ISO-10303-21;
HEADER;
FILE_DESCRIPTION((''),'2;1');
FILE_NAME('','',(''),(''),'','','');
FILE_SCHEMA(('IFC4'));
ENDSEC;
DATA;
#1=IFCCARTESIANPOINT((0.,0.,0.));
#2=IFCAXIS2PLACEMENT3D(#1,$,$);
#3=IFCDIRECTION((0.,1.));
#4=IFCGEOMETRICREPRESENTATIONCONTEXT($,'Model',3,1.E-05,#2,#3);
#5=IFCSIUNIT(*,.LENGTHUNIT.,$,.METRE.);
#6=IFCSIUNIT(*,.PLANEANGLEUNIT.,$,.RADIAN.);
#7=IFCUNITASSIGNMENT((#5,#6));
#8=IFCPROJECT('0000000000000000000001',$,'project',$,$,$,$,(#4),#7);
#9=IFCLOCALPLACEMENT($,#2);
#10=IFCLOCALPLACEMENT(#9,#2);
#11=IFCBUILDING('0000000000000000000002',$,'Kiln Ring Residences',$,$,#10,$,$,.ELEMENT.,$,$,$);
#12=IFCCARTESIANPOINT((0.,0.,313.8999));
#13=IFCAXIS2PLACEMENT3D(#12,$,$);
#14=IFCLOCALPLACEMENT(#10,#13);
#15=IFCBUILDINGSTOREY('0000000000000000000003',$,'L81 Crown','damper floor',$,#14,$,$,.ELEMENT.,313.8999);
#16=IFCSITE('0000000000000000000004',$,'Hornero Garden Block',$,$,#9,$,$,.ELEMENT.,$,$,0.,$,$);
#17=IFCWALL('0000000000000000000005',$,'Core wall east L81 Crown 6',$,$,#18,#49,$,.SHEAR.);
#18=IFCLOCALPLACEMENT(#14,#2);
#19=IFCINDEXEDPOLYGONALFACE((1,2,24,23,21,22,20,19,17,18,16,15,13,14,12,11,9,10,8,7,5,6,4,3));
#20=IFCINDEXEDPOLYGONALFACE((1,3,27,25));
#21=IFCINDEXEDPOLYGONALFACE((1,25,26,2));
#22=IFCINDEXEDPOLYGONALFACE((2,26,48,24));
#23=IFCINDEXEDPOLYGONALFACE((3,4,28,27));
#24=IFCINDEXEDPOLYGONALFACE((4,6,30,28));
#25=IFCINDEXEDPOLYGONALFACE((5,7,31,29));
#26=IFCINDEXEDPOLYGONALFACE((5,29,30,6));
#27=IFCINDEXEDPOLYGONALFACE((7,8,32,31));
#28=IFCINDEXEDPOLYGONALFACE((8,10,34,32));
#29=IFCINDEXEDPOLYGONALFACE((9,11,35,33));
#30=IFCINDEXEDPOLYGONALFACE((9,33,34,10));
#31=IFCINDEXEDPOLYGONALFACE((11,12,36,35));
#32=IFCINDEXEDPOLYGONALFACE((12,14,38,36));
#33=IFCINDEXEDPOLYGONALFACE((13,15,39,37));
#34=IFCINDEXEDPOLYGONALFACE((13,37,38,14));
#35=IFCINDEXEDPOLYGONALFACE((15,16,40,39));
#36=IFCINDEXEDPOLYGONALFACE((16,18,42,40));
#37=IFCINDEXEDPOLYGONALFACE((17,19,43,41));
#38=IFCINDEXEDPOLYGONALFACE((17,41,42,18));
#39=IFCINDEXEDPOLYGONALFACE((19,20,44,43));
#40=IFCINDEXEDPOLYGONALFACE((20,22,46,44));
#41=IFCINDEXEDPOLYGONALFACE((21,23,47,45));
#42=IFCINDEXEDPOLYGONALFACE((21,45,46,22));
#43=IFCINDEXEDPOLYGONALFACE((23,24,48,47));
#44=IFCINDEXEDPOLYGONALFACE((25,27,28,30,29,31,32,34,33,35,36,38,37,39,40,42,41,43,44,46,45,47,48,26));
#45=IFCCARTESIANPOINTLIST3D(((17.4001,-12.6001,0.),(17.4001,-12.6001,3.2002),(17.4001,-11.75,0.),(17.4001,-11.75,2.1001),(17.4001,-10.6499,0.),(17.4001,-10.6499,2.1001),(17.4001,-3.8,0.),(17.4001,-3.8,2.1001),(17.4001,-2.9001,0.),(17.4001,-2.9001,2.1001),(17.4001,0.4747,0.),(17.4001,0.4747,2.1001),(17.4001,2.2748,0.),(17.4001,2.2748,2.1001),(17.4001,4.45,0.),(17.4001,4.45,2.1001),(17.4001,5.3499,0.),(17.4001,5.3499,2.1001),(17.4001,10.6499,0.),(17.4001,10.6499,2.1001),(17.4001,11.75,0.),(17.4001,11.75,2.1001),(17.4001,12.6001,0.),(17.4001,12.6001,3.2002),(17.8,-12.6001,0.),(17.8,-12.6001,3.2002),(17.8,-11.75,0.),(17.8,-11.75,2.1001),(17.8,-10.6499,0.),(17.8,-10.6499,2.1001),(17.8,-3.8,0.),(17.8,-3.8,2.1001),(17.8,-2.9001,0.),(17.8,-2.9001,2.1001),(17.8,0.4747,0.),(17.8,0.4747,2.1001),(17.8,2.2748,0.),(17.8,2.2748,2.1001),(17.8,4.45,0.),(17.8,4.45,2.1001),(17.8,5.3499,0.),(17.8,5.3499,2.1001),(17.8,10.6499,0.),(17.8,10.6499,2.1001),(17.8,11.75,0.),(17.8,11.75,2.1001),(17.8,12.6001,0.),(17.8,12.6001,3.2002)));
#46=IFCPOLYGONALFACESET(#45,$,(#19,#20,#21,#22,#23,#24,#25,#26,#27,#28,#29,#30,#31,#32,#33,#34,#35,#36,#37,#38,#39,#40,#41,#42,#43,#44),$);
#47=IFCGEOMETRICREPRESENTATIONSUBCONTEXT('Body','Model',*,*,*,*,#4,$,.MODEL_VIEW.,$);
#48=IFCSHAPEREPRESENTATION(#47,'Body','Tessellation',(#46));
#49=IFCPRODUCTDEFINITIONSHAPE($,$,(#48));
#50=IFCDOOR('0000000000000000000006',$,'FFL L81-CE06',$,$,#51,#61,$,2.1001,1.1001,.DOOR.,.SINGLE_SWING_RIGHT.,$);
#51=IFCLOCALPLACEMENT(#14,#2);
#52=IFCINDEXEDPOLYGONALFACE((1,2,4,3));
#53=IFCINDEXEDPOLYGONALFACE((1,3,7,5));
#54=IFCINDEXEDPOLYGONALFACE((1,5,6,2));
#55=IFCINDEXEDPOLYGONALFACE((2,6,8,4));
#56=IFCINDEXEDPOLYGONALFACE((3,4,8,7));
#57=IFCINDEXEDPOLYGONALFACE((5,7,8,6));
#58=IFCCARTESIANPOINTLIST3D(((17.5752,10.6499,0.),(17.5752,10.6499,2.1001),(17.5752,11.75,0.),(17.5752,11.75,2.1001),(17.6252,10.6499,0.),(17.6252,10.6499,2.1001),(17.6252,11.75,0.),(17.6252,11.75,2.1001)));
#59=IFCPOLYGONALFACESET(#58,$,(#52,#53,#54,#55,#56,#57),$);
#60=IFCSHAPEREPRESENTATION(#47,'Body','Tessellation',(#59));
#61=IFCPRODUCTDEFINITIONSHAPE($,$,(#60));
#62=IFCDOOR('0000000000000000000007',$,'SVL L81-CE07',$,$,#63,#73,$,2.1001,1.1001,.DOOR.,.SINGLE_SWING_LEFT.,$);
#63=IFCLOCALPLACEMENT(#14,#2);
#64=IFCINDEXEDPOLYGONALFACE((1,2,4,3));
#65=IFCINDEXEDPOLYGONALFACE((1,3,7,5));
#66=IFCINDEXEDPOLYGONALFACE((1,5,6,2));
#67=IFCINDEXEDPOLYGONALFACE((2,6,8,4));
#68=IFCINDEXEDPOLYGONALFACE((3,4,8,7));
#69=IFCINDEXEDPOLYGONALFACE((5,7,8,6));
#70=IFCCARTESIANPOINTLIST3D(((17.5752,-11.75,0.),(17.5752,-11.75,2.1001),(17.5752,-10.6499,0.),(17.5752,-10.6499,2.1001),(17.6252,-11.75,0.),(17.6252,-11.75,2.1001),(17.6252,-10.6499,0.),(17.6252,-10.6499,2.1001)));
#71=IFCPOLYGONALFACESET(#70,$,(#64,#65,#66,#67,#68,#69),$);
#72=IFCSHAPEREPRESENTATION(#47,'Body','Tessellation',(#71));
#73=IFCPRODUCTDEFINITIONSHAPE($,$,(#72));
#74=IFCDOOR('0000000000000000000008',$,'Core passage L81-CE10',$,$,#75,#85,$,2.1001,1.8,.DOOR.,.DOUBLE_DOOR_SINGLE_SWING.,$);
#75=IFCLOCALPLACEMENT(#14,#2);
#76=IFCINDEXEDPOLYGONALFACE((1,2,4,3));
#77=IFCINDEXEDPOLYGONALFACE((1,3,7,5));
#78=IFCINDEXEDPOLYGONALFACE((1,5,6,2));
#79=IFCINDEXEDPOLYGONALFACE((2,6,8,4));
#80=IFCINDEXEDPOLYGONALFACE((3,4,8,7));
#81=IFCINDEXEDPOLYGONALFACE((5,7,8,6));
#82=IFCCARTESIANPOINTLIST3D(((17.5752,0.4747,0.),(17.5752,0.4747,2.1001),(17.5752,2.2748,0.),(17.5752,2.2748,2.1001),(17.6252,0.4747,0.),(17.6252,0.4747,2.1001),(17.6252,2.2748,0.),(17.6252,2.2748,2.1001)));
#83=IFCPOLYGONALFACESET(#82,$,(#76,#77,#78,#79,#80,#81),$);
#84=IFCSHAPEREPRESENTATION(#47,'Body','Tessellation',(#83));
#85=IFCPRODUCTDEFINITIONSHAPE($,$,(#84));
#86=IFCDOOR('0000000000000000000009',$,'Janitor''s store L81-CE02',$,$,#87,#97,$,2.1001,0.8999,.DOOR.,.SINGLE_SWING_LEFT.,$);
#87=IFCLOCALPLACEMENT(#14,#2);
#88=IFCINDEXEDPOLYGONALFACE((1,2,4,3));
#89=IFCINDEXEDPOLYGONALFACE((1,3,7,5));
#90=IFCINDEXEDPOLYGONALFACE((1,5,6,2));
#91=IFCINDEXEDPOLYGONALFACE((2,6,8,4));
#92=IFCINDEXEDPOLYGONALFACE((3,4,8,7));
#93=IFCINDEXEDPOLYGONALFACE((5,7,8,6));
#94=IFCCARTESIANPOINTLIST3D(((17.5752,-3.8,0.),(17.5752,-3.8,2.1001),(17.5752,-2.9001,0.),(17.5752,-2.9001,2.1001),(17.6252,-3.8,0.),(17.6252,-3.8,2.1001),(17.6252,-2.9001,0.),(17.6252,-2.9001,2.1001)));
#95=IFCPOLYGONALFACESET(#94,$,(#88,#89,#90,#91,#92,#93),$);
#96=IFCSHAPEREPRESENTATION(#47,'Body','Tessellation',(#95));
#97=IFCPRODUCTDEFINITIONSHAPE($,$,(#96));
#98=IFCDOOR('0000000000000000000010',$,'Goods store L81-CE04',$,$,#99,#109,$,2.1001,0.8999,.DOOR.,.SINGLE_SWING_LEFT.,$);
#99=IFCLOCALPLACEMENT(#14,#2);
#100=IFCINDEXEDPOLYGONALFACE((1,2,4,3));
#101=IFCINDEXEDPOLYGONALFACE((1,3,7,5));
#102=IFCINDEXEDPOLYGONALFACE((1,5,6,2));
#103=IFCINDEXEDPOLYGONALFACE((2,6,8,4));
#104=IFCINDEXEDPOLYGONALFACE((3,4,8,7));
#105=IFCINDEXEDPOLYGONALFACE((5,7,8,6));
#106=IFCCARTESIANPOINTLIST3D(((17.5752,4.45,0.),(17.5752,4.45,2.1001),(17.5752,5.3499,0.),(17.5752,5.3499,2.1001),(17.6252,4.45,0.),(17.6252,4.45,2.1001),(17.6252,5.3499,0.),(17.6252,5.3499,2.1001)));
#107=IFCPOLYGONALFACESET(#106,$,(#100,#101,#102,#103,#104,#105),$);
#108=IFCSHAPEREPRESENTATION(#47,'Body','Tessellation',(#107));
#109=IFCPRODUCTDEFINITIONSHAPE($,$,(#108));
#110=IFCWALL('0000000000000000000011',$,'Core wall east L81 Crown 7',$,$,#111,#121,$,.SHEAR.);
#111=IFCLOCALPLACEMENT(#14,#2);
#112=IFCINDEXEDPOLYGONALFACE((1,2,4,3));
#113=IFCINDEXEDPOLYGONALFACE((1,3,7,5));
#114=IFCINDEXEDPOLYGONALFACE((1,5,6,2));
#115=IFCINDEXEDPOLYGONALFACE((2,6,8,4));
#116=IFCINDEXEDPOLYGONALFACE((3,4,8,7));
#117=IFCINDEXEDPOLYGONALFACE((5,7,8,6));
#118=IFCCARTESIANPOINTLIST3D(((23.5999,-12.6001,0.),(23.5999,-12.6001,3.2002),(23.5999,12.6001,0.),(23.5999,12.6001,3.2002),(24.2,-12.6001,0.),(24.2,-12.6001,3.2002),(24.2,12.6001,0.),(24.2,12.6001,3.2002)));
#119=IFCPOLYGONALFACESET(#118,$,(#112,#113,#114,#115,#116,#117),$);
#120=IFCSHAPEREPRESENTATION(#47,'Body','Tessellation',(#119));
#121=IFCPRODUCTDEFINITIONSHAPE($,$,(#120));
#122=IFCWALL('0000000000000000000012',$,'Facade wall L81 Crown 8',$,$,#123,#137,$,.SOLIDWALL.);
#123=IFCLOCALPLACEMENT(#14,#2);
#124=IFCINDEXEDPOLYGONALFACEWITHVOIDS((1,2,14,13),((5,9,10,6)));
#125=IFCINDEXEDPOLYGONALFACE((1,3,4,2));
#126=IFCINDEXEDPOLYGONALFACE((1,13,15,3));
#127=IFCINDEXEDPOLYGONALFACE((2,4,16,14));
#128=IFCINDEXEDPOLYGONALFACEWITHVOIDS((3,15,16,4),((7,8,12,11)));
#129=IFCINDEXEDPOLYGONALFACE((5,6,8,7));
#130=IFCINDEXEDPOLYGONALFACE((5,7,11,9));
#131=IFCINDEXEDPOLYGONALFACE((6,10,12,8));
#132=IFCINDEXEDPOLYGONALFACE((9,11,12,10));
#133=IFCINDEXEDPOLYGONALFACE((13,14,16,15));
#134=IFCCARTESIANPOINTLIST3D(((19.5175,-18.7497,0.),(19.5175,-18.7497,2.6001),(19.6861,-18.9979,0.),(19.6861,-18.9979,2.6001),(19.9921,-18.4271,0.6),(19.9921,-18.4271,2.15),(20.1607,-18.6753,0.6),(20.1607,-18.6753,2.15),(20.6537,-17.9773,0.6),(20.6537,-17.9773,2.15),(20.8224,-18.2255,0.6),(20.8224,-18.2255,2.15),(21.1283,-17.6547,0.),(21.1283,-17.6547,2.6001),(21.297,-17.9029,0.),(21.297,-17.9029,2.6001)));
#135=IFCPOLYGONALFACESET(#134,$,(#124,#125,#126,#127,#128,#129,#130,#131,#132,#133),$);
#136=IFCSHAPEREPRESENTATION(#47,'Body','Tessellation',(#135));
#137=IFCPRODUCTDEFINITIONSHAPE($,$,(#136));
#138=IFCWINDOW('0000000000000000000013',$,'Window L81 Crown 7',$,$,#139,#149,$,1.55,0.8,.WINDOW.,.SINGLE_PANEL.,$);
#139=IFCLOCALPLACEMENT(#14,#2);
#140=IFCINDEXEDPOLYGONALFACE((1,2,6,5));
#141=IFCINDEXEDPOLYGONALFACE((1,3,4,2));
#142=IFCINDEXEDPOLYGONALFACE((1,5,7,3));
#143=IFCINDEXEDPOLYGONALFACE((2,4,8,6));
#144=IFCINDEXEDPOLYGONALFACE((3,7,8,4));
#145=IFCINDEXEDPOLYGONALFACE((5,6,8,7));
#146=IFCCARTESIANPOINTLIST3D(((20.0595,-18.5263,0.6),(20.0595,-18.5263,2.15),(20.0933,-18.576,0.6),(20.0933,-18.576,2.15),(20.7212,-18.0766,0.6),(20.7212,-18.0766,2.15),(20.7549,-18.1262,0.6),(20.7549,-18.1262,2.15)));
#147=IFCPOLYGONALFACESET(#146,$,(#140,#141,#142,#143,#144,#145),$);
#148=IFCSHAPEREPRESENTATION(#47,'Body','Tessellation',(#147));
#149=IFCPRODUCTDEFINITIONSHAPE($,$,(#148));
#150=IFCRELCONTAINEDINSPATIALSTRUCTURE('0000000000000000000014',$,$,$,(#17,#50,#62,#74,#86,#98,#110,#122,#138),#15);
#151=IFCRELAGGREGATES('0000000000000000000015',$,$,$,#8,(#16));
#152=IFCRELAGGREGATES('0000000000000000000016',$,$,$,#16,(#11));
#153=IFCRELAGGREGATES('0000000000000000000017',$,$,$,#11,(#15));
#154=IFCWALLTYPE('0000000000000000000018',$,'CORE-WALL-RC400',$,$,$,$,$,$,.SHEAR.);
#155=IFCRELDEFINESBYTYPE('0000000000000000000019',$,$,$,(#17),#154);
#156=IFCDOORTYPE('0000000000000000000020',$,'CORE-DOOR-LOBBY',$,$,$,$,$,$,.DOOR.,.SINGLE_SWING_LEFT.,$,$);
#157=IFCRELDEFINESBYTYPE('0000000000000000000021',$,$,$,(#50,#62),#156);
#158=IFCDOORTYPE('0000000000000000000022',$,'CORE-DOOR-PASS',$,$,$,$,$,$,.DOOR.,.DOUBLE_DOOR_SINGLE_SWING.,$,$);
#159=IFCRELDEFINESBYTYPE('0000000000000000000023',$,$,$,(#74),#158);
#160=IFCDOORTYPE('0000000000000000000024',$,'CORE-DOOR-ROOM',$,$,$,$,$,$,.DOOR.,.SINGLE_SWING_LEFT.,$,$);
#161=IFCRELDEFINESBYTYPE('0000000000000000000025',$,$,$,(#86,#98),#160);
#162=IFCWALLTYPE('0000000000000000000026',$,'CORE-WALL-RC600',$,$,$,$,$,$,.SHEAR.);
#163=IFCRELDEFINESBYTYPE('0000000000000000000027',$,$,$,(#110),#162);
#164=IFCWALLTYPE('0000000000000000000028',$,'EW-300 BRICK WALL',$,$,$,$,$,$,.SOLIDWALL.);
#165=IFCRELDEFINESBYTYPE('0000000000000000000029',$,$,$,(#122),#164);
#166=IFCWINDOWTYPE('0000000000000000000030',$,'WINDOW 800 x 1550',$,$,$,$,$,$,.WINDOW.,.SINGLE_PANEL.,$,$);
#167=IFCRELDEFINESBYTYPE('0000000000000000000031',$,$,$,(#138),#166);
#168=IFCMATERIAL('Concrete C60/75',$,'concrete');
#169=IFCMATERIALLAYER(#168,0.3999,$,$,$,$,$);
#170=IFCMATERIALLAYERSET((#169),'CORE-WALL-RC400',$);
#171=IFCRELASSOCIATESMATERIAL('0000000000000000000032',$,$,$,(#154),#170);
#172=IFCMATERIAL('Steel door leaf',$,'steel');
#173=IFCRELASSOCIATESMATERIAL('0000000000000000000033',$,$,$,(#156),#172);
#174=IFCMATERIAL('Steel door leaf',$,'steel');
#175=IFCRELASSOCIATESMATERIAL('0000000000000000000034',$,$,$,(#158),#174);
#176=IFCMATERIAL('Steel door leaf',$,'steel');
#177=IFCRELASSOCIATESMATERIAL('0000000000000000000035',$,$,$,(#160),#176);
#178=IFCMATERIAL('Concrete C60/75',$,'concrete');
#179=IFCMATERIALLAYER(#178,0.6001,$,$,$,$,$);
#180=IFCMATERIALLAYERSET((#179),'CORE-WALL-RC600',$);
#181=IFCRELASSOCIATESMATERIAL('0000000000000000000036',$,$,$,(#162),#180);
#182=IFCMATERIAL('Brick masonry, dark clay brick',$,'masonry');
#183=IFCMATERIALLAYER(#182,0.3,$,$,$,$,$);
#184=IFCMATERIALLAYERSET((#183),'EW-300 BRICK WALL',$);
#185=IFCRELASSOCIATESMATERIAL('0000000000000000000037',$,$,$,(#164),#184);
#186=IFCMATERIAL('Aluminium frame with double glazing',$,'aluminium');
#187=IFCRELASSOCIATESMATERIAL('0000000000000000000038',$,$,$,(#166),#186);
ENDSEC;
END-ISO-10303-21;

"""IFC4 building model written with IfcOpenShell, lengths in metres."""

from ifc_helpers import new_model, si_unit, direction, frame, frame_2d, origin, place, context, subcontext, project, spatial, rectangle, extrude, material, layer, layer_set, type_object, element, fill, save


model = new_model("IFC4")

# Units and contexts
model_context = context("Model", 3, precision=1e-05, world=origin(), true_north=direction((0.0, 1.0)))
body_context = subcontext(model_context, "Body", "Model", "MODEL_VIEW")
ifc_project = project(units=[si_unit("LENGTHUNIT", "METRE"), si_unit("PLANEANGLEUNIT", "RADIAN")], contexts=[model_context])

# Site, building, storey
site_placement = place(None, origin())
site = spatial("IfcSite", under=ifc_project, at=site_placement, Name="Hornero Garden Block", CompositionType="ELEMENT", RefElevation=0.0)
building_placement = place(site_placement, origin())
building = spatial("IfcBuilding", under=site, at=building_placement, Name="Kiln Ring Residences", CompositionType="ELEMENT")
storey_placement = place(building_placement, frame((0.0, 0.0, 313.8999)))
storey = spatial("IfcBuildingStorey", under=building, at=storey_placement, Name="L81 Crown", Description="damper floor", CompositionType="ELEMENT", Elevation=313.8999)

# Wall, openings, doors
ifc_material_1 = material(Name="Concrete C60/75", Category="concrete")
ifc_layer_1 = layer(ifc_material_1, 0.3999)
ifc_layer_set_1 = layer_set([ifc_layer_1], Name="CORE-WALL-RC400")
wall_type_1 = type_object("IfcWallType", Name="CORE-WALL-RC400", PredefinedType="SHEAR", material=ifc_layer_set_1)
wall_1_placement = place(storey_placement, frame((17.6001, -12.6001, 0.0), z_axis=(0.0, 0.0, 1.0), x_axis=(0.0, 1.0, 0.0)))
wall_1 = element("IfcWall", 1, at=wall_1_placement, inside=storey, type_object=wall_type_1, Name="Core wall east L81 Crown 6", PredefinedType="SHEAR", context=body_context, shape_type="SweptSolid", body=[
    extrude(rectangle(XDim=25.2002, YDim=0.3999, at=frame_2d((12.6001, 0.0))), origin(), (0.0, 0.0, 1.0), 3.2002),
])
opening_1_placement = place(wall_1_placement, frame((8.8, 0.0, 0.0)))
opening_1 = element("IfcOpeningElement", 2, at=opening_1_placement, cuts=wall_1, PredefinedType="OPENING", context=body_context, shape_type="SweptSolid", body=[
    extrude(rectangle(XDim=0.8999, YDim=2.1001, at=frame_2d((0.45, 1.05))), frame((0.0, 0.21, 0.0), z_axis=(0.0, -1.0, 0.0), x_axis=(1.0, 0.0, 0.0)), (0.0, 0.0, 1.0), 0.4199),
])
opening_2_placement = place(wall_1_placement, frame((17.05, 0.0, 0.0)))
opening_2 = element("IfcOpeningElement", 3, at=opening_2_placement, cuts=wall_1, PredefinedType="OPENING", context=body_context, shape_type="SweptSolid", body=[
    extrude(rectangle(XDim=0.8999, YDim=2.1001, at=frame_2d((0.45, 1.05))), frame((0.0, 0.21, 0.0), z_axis=(0.0, -1.0, 0.0), x_axis=(1.0, 0.0, 0.0)), (0.0, 0.0, 1.0), 0.4199),
])
opening_3_placement = place(wall_1_placement, frame((23.25, 0.0, 0.0)))
opening_3 = element("IfcOpeningElement", 4, at=opening_3_placement, cuts=wall_1, PredefinedType="OPENING", context=body_context, shape_type="SweptSolid", body=[
    extrude(rectangle(XDim=1.1001, YDim=2.1001, at=frame_2d((0.55, 1.05))), frame((0.0, 0.21, 0.0), z_axis=(0.0, -1.0, 0.0), x_axis=(1.0, 0.0, 0.0)), (0.0, 0.0, 1.0), 0.4199),
])
opening_4_placement = place(wall_1_placement, frame((0.8501, 0.0, 0.0)))
opening_4 = element("IfcOpeningElement", 5, at=opening_4_placement, cuts=wall_1, PredefinedType="OPENING", context=body_context, shape_type="SweptSolid", body=[
    extrude(rectangle(XDim=1.1001, YDim=2.1001, at=frame_2d((0.55, 1.05))), frame((0.0, 0.21, 0.0), z_axis=(0.0, -1.0, 0.0), x_axis=(1.0, 0.0, 0.0)), (0.0, 0.0, 1.0), 0.4199),
])
opening_5_placement = place(wall_1_placement, frame((13.075, 0.0, 0.0)))
opening_5 = element("IfcOpeningElement", 6, at=opening_5_placement, cuts=wall_1, PredefinedType="OPENING", context=body_context, shape_type="SweptSolid", body=[
    extrude(rectangle(XDim=1.8, YDim=2.1001, at=frame_2d((0.8999, 1.05))), frame((0.0, 0.21, 0.0), z_axis=(0.0, -1.0, 0.0), x_axis=(1.0, 0.0, 0.0)), (0.0, 0.0, 1.0), 0.4199),
])
ifc_material_2 = material(Name="Steel door leaf", Category="steel")
door_type_1 = type_object("IfcDoorType", Name="CORE-DOOR-LOBBY", OperationType="SINGLE_SWING_LEFT", PredefinedType="DOOR", material=ifc_material_2)
door_1_placement = place(opening_3_placement, origin())
door_1 = element("IfcDoor", 7, at=door_1_placement, inside=storey, type_object=door_type_1, Name="FFL L81-CE06", OperationType="SINGLE_SWING_RIGHT", OverallHeight=2.1001, OverallWidth=1.1001, PredefinedType="DOOR", context=body_context, shape_type="SweptSolid", body=[
    extrude(rectangle(XDim=1.1001, YDim=2.1001, at=frame_2d((0.55, 1.05))), frame((0.0, 0.0249, 0.0), z_axis=(0.0, -1.0, 0.0), x_axis=(1.0, 0.0, 0.0)), (0.0, 0.0, 1.0), 0.05),
])
fill(opening_3, door_1)
door_2_placement = place(opening_4_placement, origin())
door_2 = element("IfcDoor", 8, at=door_2_placement, inside=storey, type_object=door_type_1, Name="SVL L81-CE07", OperationType="SINGLE_SWING_LEFT", OverallHeight=2.1001, OverallWidth=1.1001, PredefinedType="DOOR", context=body_context, shape_type="SweptSolid", body=[
    extrude(rectangle(XDim=1.1001, YDim=2.1001, at=frame_2d((0.55, 1.05))), frame((0.0, 0.0249, 0.0), z_axis=(0.0, -1.0, 0.0), x_axis=(1.0, 0.0, 0.0)), (0.0, 0.0, 1.0), 0.05),
])
fill(opening_4, door_2)
ifc_material_3 = material(Name="Steel door leaf", Category="steel")
door_type_2 = type_object("IfcDoorType", Name="CORE-DOOR-PASS", OperationType="DOUBLE_DOOR_SINGLE_SWING", PredefinedType="DOOR", material=ifc_material_3)
door_3_placement = place(opening_5_placement, origin())
door_3 = element("IfcDoor", 9, at=door_3_placement, inside=storey, type_object=door_type_2, Name="Core passage L81-CE10", OperationType="DOUBLE_DOOR_SINGLE_SWING", OverallHeight=2.1001, OverallWidth=1.8, PredefinedType="DOOR", context=body_context, shape_type="SweptSolid", body=[
    extrude(rectangle(XDim=1.8, YDim=2.1001, at=frame_2d((0.8999, 1.05))), frame((0.0, 0.0249, 0.0), z_axis=(0.0, -1.0, 0.0), x_axis=(1.0, 0.0, 0.0)), (0.0, 0.0, 1.0), 0.05),
])
fill(opening_5, door_3)
ifc_material_4 = material(Name="Steel door leaf", Category="steel")
door_type_3 = type_object("IfcDoorType", Name="CORE-DOOR-ROOM", OperationType="SINGLE_SWING_LEFT", PredefinedType="DOOR", material=ifc_material_4)
door_4_placement = place(opening_1_placement, origin())
door_4 = element("IfcDoor", 10, at=door_4_placement, inside=storey, type_object=door_type_3, Name="Janitor's store L81-CE02", OperationType="SINGLE_SWING_LEFT", OverallHeight=2.1001, OverallWidth=0.8999, PredefinedType="DOOR", context=body_context, shape_type="SweptSolid", body=[
    extrude(rectangle(XDim=0.8999, YDim=2.1001, at=frame_2d((0.45, 1.05))), frame((0.0, 0.0249, 0.0), z_axis=(0.0, -1.0, 0.0), x_axis=(1.0, 0.0, 0.0)), (0.0, 0.0, 1.0), 0.05),
])
fill(opening_1, door_4)
door_5_placement = place(opening_2_placement, origin())
door_5 = element("IfcDoor", 11, at=door_5_placement, inside=storey, type_object=door_type_3, Name="Goods store L81-CE04", OperationType="SINGLE_SWING_LEFT", OverallHeight=2.1001, OverallWidth=0.8999, PredefinedType="DOOR", context=body_context, shape_type="SweptSolid", body=[
    extrude(rectangle(XDim=0.8999, YDim=2.1001, at=frame_2d((0.45, 1.05))), frame((0.0, 0.0249, 0.0), z_axis=(0.0, -1.0, 0.0), x_axis=(1.0, 0.0, 0.0)), (0.0, 0.0, 1.0), 0.05),
])
fill(opening_2, door_5)

# Wall
ifc_material_5 = material(Name="Concrete C60/75", Category="concrete")
ifc_layer_2 = layer(ifc_material_5, 0.6001)
ifc_layer_set_2 = layer_set([ifc_layer_2], Name="CORE-WALL-RC600")
wall_type_2 = type_object("IfcWallType", Name="CORE-WALL-RC600", PredefinedType="SHEAR", material=ifc_layer_set_2)
wall_2_placement = place(storey_placement, frame((23.8999, -12.6001, 0.0), z_axis=(0.0, 0.0, 1.0), x_axis=(0.0, 1.0, 0.0)))
element("IfcWall", 12, at=wall_2_placement, inside=storey, type_object=wall_type_2, Name="Core wall east L81 Crown 7", PredefinedType="SHEAR", context=body_context, shape_type="SweptSolid", body=[
    extrude(rectangle(XDim=25.2002, YDim=0.6001, at=frame_2d((12.6001, 0.0))), origin(), (0.0, 0.0, 1.0), 3.2002),
])

# Wall, opening, window
ifc_material_6 = material(Name="Brick masonry, dark clay brick", Category="masonry")
ifc_layer_3 = layer(ifc_material_6, 0.3)
ifc_layer_set_3 = layer_set([ifc_layer_3], Name="EW-300 BRICK WALL")
wall_type_3 = type_object("IfcWallType", Name="EW-300 BRICK WALL", PredefinedType="SOLIDWALL", material=ifc_layer_set_3)
wall_3_placement = place(storey_placement, frame((19.6018, -18.8738, 0.0), z_axis=(0.0, 0.0, 1.0), x_axis=(0.827022, 0.562169, 0.0)))
wall_3 = element("IfcWall", 13, at=wall_3_placement, inside=storey, type_object=wall_type_3, Name="Facade wall L81 Crown 8", PredefinedType="SOLIDWALL", context=body_context, shape_type="SweptSolid", body=[
    extrude(rectangle(XDim=1.9478, YDim=0.3, at=frame_2d((0.9739, 0.0))), origin(), (0.0, 0.0, 1.0), 2.6001),
])
opening_6_placement = place(wall_3_placement, frame((0.574, 0.0, 0.6001)))
opening_6 = element("IfcOpeningElement", 14, at=opening_6_placement, cuts=wall_3, PredefinedType="OPENING", context=body_context, shape_type="SweptSolid", body=[
    extrude(rectangle(XDim=0.8, YDim=1.55, at=frame_2d((0.3999, 0.7749))), frame((0.0, 0.1599, 0.0), z_axis=(0.0, -1.0, 0.0), x_axis=(1.0, 0.0, 0.0)), (0.0, 0.0, 1.0), 0.3201),
])
ifc_material_7 = material(Name="Aluminium frame with double glazing", Category="aluminium")
window_type = type_object("IfcWindowType", Name="WINDOW 800 x 1550", PartitioningType="SINGLE_PANEL", PredefinedType="WINDOW", material=ifc_material_7)
window_1_placement = place(opening_6_placement, origin())
window_1 = element("IfcWindow", 15, at=window_1_placement, inside=storey, type_object=window_type, Name="Window L81 Crown 7", OverallHeight=1.55, OverallWidth=0.8, PartitioningType="SINGLE_PANEL", PredefinedType="WINDOW", context=body_context, shape_type="SweptSolid", body=[
    extrude(rectangle(XDim=0.8, YDim=1.55, at=frame_2d((0.3999, 0.7749))), frame((0.0, 0.03, 0.0), z_axis=(0.0, -1.0, 0.0), x_axis=(1.0, 0.0, 0.0)), (0.0, 0.0, 1.0), 0.0601),
])
fill(opening_6, window_1)

save(model, "model.ifc")
